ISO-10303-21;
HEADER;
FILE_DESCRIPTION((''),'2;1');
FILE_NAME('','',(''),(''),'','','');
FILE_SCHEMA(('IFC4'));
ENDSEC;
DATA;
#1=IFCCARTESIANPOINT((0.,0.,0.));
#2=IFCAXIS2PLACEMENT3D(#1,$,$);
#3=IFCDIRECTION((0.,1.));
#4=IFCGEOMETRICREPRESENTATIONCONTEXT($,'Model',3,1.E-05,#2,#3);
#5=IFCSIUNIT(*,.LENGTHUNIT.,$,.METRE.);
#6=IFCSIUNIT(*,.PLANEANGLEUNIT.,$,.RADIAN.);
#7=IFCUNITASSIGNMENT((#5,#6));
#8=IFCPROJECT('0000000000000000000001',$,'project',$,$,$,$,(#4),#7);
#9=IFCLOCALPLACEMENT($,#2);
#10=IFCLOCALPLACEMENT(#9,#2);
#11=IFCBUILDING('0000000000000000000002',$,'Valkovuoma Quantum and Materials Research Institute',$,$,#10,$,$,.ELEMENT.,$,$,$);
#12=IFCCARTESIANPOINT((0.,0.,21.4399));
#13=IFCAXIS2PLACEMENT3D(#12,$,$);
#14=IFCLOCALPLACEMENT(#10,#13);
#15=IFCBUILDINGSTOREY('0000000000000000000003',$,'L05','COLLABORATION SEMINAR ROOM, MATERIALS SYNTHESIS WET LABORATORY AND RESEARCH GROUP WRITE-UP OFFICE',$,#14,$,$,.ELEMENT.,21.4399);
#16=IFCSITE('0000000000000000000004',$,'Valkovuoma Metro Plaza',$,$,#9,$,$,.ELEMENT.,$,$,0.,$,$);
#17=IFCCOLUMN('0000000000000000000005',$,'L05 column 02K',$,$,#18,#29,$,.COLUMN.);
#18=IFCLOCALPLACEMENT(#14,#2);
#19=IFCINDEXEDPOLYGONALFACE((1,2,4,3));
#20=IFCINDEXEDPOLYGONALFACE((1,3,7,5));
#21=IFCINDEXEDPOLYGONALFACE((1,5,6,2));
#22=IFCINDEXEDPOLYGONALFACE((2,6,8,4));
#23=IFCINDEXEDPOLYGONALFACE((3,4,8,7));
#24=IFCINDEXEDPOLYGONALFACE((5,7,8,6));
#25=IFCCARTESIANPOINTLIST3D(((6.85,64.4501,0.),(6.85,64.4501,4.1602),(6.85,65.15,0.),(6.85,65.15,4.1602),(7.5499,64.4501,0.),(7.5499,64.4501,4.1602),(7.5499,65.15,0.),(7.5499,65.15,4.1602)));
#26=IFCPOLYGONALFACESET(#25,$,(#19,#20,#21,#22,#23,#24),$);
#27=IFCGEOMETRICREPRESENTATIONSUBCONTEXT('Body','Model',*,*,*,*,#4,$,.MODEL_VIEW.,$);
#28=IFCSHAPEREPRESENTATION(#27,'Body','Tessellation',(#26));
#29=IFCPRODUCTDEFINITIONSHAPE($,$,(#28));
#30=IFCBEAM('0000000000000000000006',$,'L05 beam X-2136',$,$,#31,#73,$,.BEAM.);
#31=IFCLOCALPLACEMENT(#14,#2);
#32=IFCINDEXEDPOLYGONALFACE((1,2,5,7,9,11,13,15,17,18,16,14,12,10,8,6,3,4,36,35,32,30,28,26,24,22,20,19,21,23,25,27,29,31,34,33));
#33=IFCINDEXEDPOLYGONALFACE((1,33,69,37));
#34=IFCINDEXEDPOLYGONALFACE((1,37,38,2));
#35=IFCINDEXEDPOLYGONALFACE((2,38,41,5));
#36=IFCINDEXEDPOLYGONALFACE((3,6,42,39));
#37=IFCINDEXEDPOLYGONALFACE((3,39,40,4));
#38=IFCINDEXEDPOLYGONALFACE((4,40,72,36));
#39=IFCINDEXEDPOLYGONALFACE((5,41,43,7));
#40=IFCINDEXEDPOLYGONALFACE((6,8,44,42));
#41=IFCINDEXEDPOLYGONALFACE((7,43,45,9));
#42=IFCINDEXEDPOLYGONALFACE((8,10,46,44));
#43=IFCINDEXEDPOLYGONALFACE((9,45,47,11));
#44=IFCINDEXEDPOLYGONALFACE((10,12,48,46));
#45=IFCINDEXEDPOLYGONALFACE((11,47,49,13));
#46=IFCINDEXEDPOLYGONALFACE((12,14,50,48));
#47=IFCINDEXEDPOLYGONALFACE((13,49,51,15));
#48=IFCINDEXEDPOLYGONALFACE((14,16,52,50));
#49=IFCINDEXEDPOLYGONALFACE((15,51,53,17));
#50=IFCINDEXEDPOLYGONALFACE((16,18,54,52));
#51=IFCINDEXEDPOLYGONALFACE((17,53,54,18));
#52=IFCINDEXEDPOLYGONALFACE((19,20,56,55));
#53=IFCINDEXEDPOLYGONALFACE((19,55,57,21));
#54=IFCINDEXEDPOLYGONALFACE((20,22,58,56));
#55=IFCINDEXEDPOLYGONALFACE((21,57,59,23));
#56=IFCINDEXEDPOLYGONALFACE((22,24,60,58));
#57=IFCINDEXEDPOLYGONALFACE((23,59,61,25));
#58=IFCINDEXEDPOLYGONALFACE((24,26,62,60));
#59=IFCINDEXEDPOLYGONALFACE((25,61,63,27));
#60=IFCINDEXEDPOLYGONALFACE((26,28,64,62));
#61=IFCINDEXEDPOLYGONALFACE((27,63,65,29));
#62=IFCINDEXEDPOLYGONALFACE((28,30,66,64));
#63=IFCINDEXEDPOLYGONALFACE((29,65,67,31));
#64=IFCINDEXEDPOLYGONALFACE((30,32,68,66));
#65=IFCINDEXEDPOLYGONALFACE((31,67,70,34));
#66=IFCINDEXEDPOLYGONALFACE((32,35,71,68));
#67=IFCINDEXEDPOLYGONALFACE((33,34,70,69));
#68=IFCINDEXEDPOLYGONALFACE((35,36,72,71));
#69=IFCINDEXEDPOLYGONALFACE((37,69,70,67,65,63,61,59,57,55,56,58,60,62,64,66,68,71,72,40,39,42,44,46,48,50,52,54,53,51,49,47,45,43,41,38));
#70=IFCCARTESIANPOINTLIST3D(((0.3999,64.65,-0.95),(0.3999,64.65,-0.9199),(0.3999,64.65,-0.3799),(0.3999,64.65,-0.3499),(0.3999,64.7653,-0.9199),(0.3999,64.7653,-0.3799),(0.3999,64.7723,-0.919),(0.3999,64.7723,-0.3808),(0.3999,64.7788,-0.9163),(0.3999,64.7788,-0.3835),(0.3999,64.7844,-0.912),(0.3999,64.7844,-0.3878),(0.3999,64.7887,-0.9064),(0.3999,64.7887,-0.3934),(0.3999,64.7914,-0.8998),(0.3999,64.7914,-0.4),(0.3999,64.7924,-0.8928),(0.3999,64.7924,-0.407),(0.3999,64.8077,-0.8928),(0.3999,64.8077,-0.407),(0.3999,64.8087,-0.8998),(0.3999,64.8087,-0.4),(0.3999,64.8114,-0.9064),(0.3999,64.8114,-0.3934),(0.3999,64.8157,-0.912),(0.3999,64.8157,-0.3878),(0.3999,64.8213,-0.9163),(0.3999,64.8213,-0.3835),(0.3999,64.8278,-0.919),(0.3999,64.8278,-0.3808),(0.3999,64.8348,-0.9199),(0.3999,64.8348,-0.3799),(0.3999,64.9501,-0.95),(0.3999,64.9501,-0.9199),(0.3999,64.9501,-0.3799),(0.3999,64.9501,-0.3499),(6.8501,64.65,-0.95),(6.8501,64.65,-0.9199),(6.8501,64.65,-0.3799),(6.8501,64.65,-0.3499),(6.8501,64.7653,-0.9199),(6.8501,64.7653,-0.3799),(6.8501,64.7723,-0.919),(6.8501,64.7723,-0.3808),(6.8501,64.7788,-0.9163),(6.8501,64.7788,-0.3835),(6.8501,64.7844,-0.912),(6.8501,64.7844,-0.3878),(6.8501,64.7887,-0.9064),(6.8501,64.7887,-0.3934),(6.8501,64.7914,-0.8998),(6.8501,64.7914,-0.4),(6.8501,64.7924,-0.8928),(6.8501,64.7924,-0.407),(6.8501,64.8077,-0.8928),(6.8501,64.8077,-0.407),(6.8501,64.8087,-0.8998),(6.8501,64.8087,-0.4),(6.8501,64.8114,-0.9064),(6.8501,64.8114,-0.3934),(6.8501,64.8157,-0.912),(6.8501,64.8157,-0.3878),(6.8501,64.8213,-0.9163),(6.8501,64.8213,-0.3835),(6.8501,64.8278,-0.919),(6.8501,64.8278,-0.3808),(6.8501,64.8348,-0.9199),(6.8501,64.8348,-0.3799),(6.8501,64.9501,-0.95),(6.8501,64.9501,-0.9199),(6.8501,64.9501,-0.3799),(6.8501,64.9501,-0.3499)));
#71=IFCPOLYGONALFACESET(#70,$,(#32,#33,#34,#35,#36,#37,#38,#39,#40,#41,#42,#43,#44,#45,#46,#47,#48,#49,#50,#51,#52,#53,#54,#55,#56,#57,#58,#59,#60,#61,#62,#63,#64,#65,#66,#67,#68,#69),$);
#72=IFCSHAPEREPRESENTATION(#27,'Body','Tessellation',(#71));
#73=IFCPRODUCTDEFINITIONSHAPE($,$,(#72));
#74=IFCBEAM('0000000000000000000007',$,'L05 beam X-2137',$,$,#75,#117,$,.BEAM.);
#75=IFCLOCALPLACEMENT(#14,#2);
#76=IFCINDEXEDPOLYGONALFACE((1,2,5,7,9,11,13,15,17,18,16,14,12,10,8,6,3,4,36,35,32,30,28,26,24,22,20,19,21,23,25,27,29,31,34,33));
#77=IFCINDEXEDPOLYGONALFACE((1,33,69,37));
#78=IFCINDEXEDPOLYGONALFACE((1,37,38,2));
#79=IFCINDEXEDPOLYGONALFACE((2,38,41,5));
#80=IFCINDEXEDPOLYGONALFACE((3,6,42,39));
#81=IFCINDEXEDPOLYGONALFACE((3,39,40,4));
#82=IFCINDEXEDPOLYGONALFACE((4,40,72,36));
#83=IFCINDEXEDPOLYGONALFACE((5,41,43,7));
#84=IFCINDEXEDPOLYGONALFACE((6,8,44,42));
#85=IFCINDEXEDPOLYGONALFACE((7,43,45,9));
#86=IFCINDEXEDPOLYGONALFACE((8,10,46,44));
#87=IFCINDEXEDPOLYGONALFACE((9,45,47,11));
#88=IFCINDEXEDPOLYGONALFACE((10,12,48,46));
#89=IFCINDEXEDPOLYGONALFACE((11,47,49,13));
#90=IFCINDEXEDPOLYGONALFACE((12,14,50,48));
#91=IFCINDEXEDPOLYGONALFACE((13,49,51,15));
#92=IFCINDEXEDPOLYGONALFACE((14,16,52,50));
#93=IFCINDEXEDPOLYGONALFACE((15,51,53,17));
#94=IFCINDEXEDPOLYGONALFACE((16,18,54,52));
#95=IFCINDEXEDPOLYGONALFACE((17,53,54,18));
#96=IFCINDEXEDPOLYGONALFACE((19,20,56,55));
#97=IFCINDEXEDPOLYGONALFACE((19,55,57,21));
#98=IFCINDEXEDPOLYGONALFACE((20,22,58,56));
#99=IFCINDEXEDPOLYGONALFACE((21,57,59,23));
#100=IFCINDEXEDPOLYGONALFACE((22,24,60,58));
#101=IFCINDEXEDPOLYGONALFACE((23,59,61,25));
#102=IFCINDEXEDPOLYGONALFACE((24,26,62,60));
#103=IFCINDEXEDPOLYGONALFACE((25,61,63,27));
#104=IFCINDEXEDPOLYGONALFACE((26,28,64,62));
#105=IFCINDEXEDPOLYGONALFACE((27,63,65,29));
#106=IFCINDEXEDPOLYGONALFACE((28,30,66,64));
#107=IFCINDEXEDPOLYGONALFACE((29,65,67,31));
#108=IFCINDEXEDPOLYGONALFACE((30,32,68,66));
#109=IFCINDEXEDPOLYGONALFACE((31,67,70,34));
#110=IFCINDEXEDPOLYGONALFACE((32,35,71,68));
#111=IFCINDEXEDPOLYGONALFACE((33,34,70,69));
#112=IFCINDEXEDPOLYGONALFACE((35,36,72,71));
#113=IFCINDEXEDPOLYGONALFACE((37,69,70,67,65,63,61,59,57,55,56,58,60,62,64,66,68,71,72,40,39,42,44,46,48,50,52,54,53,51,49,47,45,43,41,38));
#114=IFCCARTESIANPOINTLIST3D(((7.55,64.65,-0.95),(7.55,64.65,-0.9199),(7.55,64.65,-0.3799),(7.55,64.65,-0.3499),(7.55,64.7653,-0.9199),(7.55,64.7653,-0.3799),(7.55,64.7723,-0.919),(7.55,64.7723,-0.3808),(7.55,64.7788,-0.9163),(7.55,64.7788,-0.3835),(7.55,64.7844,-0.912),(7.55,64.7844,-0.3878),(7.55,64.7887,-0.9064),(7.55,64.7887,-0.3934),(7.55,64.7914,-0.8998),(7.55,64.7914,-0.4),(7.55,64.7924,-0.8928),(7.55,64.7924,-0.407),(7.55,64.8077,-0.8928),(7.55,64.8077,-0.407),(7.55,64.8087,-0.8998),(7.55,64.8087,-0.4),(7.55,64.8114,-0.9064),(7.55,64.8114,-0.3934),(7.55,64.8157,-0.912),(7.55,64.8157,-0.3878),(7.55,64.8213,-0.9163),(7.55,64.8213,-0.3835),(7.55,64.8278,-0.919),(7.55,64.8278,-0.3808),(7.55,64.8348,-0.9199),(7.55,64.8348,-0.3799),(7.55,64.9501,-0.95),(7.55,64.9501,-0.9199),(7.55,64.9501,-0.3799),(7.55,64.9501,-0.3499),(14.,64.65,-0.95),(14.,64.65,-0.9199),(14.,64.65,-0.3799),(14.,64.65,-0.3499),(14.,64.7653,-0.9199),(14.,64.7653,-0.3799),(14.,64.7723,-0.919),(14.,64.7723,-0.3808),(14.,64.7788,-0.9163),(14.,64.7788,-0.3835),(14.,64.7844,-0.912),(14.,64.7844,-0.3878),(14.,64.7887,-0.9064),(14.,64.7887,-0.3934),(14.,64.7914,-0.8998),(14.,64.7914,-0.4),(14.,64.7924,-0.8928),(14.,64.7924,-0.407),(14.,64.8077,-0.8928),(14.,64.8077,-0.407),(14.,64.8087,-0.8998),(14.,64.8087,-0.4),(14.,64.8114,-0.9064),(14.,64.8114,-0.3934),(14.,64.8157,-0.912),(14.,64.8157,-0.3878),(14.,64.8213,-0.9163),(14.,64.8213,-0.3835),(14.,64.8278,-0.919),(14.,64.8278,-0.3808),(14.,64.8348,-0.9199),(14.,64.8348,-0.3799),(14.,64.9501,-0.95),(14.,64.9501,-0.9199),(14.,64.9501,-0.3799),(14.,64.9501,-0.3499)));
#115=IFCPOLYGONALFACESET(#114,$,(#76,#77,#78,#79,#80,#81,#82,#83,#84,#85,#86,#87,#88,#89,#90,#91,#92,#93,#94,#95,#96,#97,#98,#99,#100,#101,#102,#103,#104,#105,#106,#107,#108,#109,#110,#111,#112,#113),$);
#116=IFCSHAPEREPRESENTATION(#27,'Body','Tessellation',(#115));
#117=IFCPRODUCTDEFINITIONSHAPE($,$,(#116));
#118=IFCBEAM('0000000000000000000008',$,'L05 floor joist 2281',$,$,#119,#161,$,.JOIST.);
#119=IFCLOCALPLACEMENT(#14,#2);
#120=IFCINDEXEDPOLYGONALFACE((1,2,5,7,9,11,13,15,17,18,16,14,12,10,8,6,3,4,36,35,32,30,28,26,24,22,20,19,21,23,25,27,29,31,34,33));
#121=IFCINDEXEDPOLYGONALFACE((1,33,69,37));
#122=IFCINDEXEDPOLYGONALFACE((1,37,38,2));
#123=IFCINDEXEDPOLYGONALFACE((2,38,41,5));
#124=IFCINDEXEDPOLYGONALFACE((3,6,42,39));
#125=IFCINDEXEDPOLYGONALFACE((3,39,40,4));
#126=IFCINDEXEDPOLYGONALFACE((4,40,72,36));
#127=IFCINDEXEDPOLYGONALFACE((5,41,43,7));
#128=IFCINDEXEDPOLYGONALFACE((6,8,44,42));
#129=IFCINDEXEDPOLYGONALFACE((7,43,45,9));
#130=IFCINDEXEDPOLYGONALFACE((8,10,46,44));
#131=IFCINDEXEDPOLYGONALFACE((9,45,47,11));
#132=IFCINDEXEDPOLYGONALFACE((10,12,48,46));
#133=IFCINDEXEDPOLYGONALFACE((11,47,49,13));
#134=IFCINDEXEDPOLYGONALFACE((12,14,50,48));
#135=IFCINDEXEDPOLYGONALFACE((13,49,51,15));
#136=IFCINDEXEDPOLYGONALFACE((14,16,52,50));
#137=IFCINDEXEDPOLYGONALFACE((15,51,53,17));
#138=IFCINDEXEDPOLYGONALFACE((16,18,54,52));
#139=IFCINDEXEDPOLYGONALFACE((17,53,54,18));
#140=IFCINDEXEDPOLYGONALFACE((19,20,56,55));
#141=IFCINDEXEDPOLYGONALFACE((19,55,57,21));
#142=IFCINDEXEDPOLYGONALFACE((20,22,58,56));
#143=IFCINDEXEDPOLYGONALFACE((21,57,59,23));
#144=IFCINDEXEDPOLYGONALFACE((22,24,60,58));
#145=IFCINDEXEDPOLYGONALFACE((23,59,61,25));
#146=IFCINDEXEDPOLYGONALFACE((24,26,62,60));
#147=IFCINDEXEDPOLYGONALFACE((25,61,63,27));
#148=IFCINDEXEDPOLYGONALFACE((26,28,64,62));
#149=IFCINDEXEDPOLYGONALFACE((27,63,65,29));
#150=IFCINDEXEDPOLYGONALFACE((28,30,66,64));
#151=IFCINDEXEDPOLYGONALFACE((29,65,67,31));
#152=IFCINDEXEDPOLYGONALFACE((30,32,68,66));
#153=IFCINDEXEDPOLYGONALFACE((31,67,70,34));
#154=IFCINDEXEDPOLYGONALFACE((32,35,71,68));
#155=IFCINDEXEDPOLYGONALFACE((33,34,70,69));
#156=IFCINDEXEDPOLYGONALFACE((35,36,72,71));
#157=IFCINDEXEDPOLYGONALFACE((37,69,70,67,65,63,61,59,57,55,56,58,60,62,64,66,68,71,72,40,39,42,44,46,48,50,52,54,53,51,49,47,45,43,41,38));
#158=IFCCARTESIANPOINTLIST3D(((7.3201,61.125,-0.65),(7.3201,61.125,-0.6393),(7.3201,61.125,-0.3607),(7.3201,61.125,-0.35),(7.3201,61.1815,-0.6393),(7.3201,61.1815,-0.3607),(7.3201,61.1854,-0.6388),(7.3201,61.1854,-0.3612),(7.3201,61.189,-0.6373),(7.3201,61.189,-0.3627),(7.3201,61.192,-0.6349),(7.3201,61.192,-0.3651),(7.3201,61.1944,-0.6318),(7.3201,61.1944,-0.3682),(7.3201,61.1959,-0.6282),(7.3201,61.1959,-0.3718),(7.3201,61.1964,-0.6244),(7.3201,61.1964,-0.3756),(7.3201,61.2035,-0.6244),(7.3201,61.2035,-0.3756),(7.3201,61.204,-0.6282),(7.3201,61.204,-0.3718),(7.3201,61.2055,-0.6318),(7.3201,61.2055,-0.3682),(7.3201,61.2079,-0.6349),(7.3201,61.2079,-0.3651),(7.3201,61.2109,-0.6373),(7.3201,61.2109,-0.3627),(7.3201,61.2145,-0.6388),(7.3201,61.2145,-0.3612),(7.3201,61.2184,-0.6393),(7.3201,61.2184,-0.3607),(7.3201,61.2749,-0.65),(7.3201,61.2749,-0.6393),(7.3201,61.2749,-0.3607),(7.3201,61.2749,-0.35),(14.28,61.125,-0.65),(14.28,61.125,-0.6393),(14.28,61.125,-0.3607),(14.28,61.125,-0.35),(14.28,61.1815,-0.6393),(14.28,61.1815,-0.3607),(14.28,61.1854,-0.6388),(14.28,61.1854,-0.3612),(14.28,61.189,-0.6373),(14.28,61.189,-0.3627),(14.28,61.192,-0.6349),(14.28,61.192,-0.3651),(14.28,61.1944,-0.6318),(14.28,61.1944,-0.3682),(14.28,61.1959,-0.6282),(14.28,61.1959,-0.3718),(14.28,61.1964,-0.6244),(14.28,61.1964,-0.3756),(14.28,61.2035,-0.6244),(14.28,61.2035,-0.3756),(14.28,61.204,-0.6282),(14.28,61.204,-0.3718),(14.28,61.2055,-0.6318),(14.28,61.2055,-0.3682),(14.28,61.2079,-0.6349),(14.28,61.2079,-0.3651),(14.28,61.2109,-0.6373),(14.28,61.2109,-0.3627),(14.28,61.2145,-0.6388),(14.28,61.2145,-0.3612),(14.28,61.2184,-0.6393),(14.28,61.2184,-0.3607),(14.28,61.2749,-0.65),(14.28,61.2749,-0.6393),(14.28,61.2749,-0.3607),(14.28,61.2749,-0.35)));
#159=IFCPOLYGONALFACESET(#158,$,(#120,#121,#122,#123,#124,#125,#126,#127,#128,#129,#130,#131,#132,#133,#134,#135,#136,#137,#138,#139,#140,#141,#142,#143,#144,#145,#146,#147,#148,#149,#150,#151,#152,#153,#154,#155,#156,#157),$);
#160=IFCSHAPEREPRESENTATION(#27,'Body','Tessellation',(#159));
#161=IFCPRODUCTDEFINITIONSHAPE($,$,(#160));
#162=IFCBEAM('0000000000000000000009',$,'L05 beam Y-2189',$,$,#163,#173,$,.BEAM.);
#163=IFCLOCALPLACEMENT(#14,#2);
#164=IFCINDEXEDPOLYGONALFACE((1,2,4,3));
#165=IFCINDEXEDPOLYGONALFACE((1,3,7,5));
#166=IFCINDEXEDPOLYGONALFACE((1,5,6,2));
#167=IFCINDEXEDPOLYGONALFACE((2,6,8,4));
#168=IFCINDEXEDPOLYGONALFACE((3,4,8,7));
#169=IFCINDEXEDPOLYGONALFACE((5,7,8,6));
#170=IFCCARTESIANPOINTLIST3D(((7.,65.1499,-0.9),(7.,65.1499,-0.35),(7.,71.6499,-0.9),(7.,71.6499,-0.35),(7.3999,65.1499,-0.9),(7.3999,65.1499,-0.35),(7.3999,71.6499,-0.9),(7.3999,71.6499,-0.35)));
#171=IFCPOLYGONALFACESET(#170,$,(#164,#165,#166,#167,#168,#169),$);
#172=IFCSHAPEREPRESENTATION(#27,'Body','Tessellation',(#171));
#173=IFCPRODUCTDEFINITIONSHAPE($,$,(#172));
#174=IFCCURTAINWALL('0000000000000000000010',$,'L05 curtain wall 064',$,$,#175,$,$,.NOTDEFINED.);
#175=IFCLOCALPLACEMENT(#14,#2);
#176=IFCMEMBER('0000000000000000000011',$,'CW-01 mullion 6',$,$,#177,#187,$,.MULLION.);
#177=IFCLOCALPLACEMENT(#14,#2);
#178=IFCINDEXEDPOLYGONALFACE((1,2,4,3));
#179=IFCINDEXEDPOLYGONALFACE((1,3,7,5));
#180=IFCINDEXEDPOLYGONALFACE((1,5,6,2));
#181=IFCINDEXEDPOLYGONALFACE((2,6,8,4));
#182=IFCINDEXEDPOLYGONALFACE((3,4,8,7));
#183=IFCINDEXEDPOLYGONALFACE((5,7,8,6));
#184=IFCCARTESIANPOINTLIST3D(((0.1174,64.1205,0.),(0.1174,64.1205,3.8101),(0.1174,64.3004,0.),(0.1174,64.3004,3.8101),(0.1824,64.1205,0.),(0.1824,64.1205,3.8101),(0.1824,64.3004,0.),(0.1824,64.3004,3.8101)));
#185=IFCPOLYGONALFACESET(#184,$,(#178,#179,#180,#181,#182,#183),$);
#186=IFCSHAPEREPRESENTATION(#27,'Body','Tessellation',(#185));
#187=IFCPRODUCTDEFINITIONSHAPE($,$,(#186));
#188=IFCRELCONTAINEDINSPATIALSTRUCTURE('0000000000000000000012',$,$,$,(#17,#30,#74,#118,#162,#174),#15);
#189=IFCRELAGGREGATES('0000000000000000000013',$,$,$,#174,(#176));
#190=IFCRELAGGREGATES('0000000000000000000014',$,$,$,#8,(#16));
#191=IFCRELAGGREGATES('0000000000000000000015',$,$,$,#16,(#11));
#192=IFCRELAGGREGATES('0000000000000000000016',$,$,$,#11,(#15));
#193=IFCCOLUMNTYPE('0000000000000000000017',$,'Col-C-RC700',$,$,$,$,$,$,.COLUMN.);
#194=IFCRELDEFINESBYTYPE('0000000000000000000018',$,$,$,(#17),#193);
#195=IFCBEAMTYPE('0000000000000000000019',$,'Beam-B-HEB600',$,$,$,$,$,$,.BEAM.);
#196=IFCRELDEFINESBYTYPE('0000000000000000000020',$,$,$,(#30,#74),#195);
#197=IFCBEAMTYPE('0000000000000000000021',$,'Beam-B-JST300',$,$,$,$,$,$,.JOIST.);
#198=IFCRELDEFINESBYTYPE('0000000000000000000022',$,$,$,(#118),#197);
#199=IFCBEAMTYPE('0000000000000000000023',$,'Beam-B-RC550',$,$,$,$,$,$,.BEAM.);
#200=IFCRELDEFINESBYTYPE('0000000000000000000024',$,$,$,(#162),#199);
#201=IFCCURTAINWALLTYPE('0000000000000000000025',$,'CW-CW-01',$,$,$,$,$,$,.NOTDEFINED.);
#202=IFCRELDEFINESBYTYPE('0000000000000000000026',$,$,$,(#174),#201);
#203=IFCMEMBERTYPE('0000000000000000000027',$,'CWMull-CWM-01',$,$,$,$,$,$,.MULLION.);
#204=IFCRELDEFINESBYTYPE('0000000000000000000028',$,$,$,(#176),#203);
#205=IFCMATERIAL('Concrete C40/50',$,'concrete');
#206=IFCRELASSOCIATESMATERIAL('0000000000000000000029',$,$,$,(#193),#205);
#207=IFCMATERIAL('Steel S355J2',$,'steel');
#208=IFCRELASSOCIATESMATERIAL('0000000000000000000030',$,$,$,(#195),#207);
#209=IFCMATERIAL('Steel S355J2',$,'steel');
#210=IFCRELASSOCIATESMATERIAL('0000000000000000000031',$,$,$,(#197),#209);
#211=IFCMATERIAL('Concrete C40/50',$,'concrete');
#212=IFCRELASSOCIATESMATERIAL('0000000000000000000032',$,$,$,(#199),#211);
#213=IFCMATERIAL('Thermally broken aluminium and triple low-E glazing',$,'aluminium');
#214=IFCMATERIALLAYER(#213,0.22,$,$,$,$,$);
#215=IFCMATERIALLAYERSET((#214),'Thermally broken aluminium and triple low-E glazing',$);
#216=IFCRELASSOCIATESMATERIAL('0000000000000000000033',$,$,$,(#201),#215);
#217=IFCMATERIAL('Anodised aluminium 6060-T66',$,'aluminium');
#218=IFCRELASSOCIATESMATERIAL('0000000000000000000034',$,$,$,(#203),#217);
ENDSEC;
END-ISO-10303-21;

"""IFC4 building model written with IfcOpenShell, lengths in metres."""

from ifc_helpers import new_model, si_unit, direction, frame, origin, origin_2d, place, context, subcontext, project, spatial, rectangle, i_section, extrude, material, layer, layer_set, material_profile, profile_set, type_object, element, aggregate, save


model = new_model("IFC4")

# Units and contexts
model_context = context("Model", 3, precision=1e-05, world=origin(), true_north=direction((0.0, 1.0)))
body_context = subcontext(model_context, "Body", "Model", "MODEL_VIEW")
ifc_project = project(units=[si_unit("LENGTHUNIT", "METRE"), si_unit("PLANEANGLEUNIT", "RADIAN")], contexts=[model_context])

# Site, building, storey
site_placement = place(None, origin())
site = spatial("IfcSite", under=ifc_project, at=site_placement, Name="Valkovuoma Metro Plaza", CompositionType="ELEMENT", RefElevation=0.0)
building_placement = place(site_placement, origin())
building = spatial("IfcBuilding", under=site, at=building_placement, Name="Valkovuoma Quantum and Materials Research Institute", CompositionType="ELEMENT")
storey_placement = place(building_placement, frame((0.0, 0.0, 21.4399)))
storey = spatial("IfcBuildingStorey", under=building, at=storey_placement, Name="L05", Description="COLLABORATION SEMINAR ROOM, MATERIALS SYNTHESIS WET LABORATORY AND RESEARCH GROUP WRITE-UP OFFICE", CompositionType="ELEMENT", Elevation=21.4399)

# Column
ifc_material_1 = material(Name="Concrete C40/50", Category="concrete")
ifc_material_profile_1 = material_profile(ifc_material_1, rectangle(XDim=0.7, YDim=0.7, at=origin_2d()), Name="Concrete C40/50")
ifc_profile_set_1 = profile_set([ifc_material_profile_1], Name="Concrete C40/50")
column_type = type_object("IfcColumnType", Name="Col-C-RC700", PredefinedType="COLUMN", material=ifc_profile_set_1)
column_placement = place(storey_placement, frame((7.2, 64.8, 0.0), z_axis=(0.0, 0.0, 1.0), x_axis=(1.0, 0.0, 0.0)))
element("IfcColumn", 1, at=column_placement, inside=storey, type_object=column_type, Name="L05 column 02K", PredefinedType="COLUMN", context=body_context, shape_type="SweptSolid", body=[
    extrude(rectangle(XDim=0.7, YDim=0.7, at=origin_2d()), origin(), (0.0, 0.0, 1.0), 4.1602),
])

# Beams
ifc_material_2 = material(Name="Steel S355J2", Category="steel")
ifc_material_profile_2 = material_profile(ifc_material_2, i_section(OverallWidth=0.3, OverallDepth=0.6001, WebThickness=0.0154, FlangeThickness=0.03, FilletRadius=0.0271, at=origin_2d()), Name="Steel S355J2")
ifc_profile_set_2 = profile_set([ifc_material_profile_2], Name="Steel S355J2")
beam_type_1 = type_object("IfcBeamType", Name="Beam-B-HEB600", PredefinedType="BEAM", material=ifc_profile_set_2)
beam_1_placement = place(storey_placement, frame((0.3999, 64.8, -0.6499), z_axis=(1.0, 0.0, 0.0), x_axis=(0.0, 1.0, 0.0)))
element("IfcBeam", 2, at=beam_1_placement, inside=storey, type_object=beam_type_1, Name="L05 beam X-2136", PredefinedType="BEAM", context=body_context, shape_type="SweptSolid", body=[
    extrude(i_section(OverallWidth=0.3, OverallDepth=0.6001, WebThickness=0.0154, FlangeThickness=0.03, FilletRadius=0.0271, at=origin_2d()), origin(), (0.0, 0.0, 1.0), 6.4502),
])
beam_2_placement = place(storey_placement, frame((7.55, 64.8, -0.6499), z_axis=(1.0, 0.0, 0.0), x_axis=(0.0, 1.0, 0.0)))
element("IfcBeam", 3, at=beam_2_placement, inside=storey, type_object=beam_type_1, Name="L05 beam X-2137", PredefinedType="BEAM", context=body_context, shape_type="SweptSolid", body=[
    extrude(i_section(OverallWidth=0.3, OverallDepth=0.6001, WebThickness=0.0154, FlangeThickness=0.03, FilletRadius=0.0271, at=origin_2d()), origin(), (0.0, 0.0, 1.0), 6.45),
])
ifc_material_3 = material(Name="Steel S355J2", Category="steel")
ifc_material_profile_3 = material_profile(ifc_material_3, i_section(OverallWidth=0.1499, OverallDepth=0.3, WebThickness=0.0071, FlangeThickness=0.0107, FilletRadius=0.0149, at=origin_2d()), Name="Steel S355J2")
ifc_profile_set_3 = profile_set([ifc_material_profile_3], Name="Steel S355J2")
beam_type_2 = type_object("IfcBeamType", Name="Beam-B-JST300", PredefinedType="JOIST", material=ifc_profile_set_3)
beam_3_placement = place(storey_placement, frame((7.3201, 61.2, -0.5), z_axis=(1.0, 0.0, 0.0), x_axis=(0.0, 1.0, 0.0)))
element("IfcBeam", 4, at=beam_3_placement, inside=storey, type_object=beam_type_2, Name="L05 floor joist 2281", PredefinedType="JOIST", context=body_context, shape_type="SweptSolid", body=[
    extrude(i_section(OverallWidth=0.1499, OverallDepth=0.3, WebThickness=0.0071, FlangeThickness=0.0107, FilletRadius=0.0149, at=origin_2d()), origin(), (0.0, 0.0, 1.0), 6.96),
])
ifc_material_4 = material(Name="Concrete C40/50", Category="concrete")
ifc_material_profile_4 = material_profile(ifc_material_4, rectangle(XDim=0.3999, YDim=0.55, at=origin_2d()), Name="Concrete C40/50")
ifc_profile_set_4 = profile_set([ifc_material_profile_4], Name="Concrete C40/50")
beam_type_3 = type_object("IfcBeamType", Name="Beam-B-RC550", PredefinedType="BEAM", material=ifc_profile_set_4)
beam_4_placement = place(storey_placement, frame((7.2, 65.1499, -0.625), z_axis=(0.0, 1.0, 0.0), x_axis=(-1.0, 0.0, 0.0)))
element("IfcBeam", 5, at=beam_4_placement, inside=storey, type_object=beam_type_3, Name="L05 beam Y-2189", PredefinedType="BEAM", context=body_context, shape_type="SweptSolid", body=[
    extrude(rectangle(XDim=0.3999, YDim=0.55, at=origin_2d()), origin(), (0.0, 0.0, 1.0), 6.5),
])

# Curtain wall, member
ifc_material_5 = material(Name="Thermally broken aluminium and triple low-E glazing", Category="aluminium")
ifc_layer_1 = layer(ifc_material_5, 0.22)
ifc_layer_set_1 = layer_set([ifc_layer_1], Name="Thermally broken aluminium and triple low-E glazing")
curtain_wall_type = type_object("IfcCurtainWallType", Name="CW-CW-01", PredefinedType="NOTDEFINED", material=ifc_layer_set_1)
curtain_wall_1_placement = place(storey_placement, origin())
curtain_wall_1 = element("IfcCurtainWall", 6, at=curtain_wall_1_placement, inside=storey, type_object=curtain_wall_type, Name="L05 curtain wall 064", PredefinedType="NOTDEFINED")
ifc_material_6 = material(Name="Anodised aluminium 6060-T66", Category="aluminium")
ifc_material_profile_5 = material_profile(ifc_material_6, rectangle(XDim=0.0649, YDim=0.1799, at=origin_2d()), Name="Anodised aluminium 6060-T66")
ifc_profile_set_5 = profile_set([ifc_material_profile_5], Name="Anodised aluminium 6060-T66")
member_type_1 = type_object("IfcMemberType", Name="CWMull-CWM-01", PredefinedType="MULLION", material=ifc_profile_set_5)
member_1_placement = place(storey_placement, frame((0.1499, 64.2104, 0.0), z_axis=(0.0, 0.0, 1.0), x_axis=(-1.0, 0.0, 0.0)))
member_1 = element("IfcMember", 7, at=member_1_placement, type_object=member_type_1, Name="CW-01 mullion 6", PredefinedType="MULLION", context=body_context, shape_type="SweptSolid", body=[
    extrude(rectangle(XDim=0.0649, YDim=0.1799, at=origin_2d()), origin(), (0.0, 0.0, 1.0), 3.8101),
])

aggregate(curtain_wall_1, [member_1])

save(model, "model.ifc")
